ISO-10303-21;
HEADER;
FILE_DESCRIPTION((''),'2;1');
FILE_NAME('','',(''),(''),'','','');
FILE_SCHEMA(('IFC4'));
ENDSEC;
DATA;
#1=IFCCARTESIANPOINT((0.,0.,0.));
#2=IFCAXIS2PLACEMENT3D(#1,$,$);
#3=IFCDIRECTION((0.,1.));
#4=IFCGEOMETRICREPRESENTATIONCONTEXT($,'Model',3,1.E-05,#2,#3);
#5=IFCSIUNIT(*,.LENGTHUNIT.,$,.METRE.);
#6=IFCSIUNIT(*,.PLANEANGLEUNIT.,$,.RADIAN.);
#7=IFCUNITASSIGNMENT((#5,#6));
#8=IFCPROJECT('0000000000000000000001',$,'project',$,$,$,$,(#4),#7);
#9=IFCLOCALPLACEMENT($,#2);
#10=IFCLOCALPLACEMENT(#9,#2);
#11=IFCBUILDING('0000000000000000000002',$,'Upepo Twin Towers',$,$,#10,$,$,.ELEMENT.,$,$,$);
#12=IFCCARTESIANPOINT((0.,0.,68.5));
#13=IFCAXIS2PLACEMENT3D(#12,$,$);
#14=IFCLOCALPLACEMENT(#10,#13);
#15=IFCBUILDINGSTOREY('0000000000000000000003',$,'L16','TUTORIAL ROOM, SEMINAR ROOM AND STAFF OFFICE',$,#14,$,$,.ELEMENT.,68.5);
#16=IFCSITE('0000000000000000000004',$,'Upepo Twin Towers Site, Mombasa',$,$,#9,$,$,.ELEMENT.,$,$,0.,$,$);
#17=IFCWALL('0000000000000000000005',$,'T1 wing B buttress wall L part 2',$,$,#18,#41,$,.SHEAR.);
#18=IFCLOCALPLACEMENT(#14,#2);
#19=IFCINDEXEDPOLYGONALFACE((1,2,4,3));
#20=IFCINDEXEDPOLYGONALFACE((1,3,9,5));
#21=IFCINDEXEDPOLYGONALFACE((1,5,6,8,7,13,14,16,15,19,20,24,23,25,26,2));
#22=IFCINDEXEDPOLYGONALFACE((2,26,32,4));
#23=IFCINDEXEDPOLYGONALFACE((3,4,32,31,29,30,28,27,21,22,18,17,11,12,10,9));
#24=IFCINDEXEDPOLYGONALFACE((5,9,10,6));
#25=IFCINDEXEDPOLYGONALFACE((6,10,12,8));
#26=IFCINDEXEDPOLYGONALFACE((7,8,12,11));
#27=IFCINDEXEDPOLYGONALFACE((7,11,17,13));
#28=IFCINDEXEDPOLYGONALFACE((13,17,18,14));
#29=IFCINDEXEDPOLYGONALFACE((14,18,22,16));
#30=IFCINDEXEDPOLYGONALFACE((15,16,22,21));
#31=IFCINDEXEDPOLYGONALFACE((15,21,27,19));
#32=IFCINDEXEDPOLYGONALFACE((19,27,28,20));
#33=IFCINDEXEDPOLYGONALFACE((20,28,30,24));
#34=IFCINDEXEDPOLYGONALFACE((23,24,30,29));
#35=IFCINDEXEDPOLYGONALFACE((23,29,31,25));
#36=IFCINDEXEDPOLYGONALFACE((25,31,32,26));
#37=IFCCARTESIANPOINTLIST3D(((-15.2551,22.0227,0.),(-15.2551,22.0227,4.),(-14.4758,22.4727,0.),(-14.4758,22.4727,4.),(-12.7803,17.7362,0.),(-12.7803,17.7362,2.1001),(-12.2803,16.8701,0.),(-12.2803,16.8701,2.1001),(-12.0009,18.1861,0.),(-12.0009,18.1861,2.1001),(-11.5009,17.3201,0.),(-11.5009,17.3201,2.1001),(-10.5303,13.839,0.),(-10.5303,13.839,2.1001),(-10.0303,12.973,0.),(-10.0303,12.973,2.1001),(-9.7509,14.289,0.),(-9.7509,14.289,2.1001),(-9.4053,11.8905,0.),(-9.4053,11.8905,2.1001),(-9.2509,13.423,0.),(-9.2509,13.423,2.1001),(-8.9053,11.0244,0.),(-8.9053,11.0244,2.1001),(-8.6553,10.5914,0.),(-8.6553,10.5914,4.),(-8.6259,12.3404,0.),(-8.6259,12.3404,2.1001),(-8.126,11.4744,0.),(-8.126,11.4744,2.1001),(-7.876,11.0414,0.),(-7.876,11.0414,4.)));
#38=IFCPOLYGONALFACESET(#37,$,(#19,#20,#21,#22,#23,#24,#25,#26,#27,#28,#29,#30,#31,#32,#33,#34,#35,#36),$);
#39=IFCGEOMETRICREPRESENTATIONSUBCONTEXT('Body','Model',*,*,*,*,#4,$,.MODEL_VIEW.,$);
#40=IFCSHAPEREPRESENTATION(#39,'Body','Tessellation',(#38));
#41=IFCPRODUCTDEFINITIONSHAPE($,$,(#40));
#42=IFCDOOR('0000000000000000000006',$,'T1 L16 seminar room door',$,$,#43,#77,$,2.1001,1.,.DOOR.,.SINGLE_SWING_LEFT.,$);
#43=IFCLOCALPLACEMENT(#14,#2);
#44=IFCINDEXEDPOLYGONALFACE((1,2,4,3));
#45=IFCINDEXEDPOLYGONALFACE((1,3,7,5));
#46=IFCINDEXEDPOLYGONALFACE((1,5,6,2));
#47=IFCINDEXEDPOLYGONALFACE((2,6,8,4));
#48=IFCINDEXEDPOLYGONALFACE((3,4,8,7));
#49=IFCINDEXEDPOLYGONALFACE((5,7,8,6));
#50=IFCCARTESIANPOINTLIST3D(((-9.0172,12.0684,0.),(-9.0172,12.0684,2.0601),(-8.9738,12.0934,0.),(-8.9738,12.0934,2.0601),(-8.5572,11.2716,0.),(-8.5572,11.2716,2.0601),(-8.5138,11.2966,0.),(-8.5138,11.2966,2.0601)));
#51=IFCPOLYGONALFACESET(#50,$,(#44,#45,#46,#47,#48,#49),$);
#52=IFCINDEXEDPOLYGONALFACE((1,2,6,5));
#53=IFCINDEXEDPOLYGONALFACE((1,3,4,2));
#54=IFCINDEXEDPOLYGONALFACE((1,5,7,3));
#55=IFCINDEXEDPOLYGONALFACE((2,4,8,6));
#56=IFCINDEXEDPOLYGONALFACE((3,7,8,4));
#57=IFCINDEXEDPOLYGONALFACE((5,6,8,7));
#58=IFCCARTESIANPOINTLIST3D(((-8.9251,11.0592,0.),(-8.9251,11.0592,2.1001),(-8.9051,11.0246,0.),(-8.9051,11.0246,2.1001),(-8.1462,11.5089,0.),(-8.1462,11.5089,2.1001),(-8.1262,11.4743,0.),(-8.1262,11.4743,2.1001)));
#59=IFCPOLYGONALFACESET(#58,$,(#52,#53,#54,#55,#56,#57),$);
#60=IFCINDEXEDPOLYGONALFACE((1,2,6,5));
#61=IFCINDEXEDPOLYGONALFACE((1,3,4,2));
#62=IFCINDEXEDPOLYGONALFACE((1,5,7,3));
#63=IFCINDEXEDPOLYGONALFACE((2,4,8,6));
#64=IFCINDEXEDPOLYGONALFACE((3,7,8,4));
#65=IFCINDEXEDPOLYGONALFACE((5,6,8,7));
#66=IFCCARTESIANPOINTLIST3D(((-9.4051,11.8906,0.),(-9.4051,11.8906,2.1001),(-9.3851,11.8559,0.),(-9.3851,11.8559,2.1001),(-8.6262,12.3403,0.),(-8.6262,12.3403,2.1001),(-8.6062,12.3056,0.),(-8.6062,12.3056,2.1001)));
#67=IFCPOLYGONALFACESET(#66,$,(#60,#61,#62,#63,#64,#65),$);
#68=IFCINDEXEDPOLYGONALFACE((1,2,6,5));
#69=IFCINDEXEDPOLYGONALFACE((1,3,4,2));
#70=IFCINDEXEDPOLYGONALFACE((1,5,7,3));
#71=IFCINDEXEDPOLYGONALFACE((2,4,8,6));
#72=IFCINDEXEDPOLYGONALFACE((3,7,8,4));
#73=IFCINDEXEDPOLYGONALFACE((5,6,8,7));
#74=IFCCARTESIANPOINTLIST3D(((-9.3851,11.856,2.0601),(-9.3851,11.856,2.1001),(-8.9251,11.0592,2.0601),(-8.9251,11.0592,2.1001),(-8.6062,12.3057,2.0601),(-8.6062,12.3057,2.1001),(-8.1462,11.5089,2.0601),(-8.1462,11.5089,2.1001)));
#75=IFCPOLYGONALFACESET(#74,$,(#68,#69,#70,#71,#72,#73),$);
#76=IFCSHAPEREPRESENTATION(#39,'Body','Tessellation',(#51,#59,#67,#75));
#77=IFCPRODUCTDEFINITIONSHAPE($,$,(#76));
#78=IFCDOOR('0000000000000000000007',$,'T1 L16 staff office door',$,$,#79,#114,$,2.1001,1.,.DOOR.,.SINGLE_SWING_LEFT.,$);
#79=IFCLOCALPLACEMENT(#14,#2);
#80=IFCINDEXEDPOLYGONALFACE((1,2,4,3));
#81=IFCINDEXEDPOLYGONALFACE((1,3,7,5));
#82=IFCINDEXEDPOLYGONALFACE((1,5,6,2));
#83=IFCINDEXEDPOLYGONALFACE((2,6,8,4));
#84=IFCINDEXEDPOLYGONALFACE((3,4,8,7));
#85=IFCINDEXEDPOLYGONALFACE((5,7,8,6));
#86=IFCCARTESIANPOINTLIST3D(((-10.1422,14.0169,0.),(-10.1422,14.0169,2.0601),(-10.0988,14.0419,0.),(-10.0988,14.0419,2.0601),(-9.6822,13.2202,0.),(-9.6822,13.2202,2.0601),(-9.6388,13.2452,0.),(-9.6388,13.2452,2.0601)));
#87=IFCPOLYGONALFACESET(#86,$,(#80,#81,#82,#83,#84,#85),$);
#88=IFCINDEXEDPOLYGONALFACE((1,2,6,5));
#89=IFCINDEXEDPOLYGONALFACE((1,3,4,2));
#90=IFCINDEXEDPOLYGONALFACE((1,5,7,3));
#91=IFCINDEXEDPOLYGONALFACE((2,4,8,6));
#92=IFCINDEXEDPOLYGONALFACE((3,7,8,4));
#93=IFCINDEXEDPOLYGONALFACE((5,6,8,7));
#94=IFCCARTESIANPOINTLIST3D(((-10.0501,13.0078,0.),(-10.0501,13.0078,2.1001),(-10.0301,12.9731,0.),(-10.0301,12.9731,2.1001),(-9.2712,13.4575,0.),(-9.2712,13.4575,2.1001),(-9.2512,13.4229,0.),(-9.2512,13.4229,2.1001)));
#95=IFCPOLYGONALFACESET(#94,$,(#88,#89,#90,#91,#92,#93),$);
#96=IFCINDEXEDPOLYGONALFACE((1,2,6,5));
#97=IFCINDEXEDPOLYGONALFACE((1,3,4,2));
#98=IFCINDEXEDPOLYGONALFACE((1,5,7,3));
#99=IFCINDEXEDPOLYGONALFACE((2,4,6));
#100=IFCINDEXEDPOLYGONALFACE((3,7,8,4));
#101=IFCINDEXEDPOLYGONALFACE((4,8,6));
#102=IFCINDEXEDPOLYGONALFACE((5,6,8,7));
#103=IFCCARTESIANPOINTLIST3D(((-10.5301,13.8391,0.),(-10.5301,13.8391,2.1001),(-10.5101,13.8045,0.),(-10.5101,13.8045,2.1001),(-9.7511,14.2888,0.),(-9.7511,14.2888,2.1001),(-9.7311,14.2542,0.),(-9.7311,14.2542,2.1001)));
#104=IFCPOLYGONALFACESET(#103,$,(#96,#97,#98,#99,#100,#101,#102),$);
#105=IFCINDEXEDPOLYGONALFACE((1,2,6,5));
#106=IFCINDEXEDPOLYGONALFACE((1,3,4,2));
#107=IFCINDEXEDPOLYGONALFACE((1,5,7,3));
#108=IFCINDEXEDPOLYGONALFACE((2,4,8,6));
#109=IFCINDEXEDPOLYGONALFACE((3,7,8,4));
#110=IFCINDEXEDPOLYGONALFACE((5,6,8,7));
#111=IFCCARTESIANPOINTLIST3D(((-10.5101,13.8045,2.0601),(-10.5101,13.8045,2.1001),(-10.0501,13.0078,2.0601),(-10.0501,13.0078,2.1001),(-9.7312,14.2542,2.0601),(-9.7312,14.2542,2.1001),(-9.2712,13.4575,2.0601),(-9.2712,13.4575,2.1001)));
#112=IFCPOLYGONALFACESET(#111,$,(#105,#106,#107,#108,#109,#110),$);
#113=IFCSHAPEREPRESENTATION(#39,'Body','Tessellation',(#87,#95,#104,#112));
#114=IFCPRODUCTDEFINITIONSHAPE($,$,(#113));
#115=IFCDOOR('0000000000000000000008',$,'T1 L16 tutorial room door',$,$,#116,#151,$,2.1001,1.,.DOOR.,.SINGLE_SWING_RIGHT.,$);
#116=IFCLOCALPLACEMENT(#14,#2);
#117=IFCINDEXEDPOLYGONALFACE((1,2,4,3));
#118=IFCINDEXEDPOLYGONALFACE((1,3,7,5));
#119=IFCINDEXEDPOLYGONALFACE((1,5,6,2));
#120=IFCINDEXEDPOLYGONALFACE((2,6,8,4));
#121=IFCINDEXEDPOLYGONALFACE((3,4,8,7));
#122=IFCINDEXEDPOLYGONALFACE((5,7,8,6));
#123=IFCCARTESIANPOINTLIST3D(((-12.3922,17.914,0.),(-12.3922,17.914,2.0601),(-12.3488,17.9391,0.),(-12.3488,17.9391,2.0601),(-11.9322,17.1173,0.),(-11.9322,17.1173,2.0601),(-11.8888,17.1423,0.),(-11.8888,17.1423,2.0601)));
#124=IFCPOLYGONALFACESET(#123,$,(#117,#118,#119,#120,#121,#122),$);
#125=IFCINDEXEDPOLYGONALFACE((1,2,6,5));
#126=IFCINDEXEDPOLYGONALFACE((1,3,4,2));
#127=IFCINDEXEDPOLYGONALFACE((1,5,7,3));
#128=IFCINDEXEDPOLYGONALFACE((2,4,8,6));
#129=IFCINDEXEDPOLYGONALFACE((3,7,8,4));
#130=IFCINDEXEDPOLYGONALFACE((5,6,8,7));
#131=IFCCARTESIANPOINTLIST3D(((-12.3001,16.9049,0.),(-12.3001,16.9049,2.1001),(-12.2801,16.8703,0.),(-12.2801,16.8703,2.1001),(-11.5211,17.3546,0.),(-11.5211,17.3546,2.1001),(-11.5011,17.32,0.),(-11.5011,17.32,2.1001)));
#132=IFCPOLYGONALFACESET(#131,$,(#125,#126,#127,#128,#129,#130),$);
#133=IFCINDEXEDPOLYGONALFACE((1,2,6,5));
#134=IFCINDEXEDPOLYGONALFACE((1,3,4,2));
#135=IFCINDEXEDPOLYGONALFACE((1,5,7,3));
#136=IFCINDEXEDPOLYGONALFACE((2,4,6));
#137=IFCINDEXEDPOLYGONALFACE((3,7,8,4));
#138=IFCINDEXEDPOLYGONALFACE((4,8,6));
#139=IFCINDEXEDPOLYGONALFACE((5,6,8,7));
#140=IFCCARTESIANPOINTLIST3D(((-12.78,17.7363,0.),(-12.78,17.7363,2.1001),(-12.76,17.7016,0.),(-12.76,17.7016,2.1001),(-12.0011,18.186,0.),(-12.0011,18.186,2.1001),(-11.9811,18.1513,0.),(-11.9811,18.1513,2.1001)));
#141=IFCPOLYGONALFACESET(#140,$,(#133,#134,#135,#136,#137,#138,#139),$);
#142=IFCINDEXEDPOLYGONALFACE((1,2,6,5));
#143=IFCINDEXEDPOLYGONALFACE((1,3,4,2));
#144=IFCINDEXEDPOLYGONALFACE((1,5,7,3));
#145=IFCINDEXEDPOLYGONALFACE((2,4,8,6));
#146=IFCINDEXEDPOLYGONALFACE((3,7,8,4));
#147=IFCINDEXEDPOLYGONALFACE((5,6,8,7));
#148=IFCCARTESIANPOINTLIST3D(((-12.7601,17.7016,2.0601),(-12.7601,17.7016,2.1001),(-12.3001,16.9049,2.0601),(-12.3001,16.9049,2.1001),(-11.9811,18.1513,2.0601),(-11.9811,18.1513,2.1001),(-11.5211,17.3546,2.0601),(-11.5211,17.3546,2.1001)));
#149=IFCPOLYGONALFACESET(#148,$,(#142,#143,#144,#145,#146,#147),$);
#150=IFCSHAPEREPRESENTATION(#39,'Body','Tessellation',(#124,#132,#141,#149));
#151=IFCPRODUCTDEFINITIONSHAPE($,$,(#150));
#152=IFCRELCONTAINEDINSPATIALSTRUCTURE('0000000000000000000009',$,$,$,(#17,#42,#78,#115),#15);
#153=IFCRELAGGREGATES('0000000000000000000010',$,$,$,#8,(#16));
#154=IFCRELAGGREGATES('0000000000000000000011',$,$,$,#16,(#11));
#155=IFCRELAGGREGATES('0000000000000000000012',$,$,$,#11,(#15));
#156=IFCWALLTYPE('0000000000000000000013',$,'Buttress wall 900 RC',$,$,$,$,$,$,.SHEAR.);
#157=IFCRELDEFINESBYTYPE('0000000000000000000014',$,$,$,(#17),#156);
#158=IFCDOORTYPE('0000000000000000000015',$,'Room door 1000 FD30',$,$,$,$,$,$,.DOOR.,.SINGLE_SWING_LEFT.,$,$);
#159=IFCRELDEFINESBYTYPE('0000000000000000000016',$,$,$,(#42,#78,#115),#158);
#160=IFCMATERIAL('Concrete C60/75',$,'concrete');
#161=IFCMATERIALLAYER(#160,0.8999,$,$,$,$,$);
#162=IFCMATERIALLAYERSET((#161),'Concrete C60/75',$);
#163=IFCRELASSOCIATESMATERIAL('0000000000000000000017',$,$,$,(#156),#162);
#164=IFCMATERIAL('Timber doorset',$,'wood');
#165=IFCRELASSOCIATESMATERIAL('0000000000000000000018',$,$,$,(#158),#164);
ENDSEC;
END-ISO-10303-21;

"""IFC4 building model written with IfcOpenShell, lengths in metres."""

from ifc_helpers import new_model, si_unit, direction, frame, frame_2d, origin, place, context, subcontext, project, spatial, rectangle, extrude, material, layer, layer_set, type_object, element, fill, save


model = new_model("IFC4")

# Units and contexts
model_context = context("Model", 3, precision=1e-05, world=origin(), true_north=direction((0.0, 1.0)))
body_context = subcontext(model_context, "Body", "Model", "MODEL_VIEW")
ifc_project = project(units=[si_unit("LENGTHUNIT", "METRE"), si_unit("PLANEANGLEUNIT", "RADIAN")], contexts=[model_context])

# Site, building, storey
site_placement = place(None, origin())
site = spatial("IfcSite", under=ifc_project, at=site_placement, Name="Upepo Twin Towers Site, Mombasa", CompositionType="ELEMENT", RefElevation=0.0)
building_placement = place(site_placement, origin())
building = spatial("IfcBuilding", under=site, at=building_placement, Name="Upepo Twin Towers", CompositionType="ELEMENT")
storey_placement = place(building_placement, frame((0.0, 0.0, 68.5)))
storey = spatial("IfcBuildingStorey", under=building, at=storey_placement, Name="L16", Description="TUTORIAL ROOM, SEMINAR ROOM AND STAFF OFFICE", CompositionType="ELEMENT", Elevation=68.5)

# Wall, openings, doors
ifc_material_1 = material(Name="Concrete C60/75", Category="concrete")
ifc_layer_1 = layer(ifc_material_1, 0.8999)
ifc_layer_set_1 = layer_set([ifc_layer_1], Name="Concrete C60/75")
wall_type_1 = type_object("IfcWallType", Name="Buttress wall 900 RC", PredefinedType="SHEAR", material=ifc_layer_set_1)
wall_1_placement = place(storey_placement, frame((-8.2656, 10.8164, 0.0), z_axis=(0.0, 0.0, 1.0), x_axis=(-0.499996, 0.866028, 0.0)))
wall_1 = element("IfcWall", 1, at=wall_1_placement, inside=storey, type_object=wall_type_1, Name="T1 wing B buttress wall L part 2", PredefinedType="SHEAR", context=body_context, shape_type="SweptSolid", body=[
    extrude(rectangle(XDim=13.1997, YDim=0.8999, at=frame_2d((6.5999, 0.0))), origin(), (0.0, 0.0, 1.0), 4.0),
])
opening_1_placement = place(wall_1_placement, frame((0.5, 0.0, 0.0)))
opening_1 = element("IfcOpeningElement", 2, at=opening_1_placement, cuts=wall_1, PredefinedType="OPENING", context=body_context, shape_type="SweptSolid", body=[
    extrude(rectangle(XDim=1.0, YDim=2.1001, at=frame_2d((0.5, 1.05))), frame((0.0, 0.46, 0.0), z_axis=(0.0, -1.0, 0.0), x_axis=(1.0, 0.0, 0.0)), (0.0, 0.0, 1.0), 0.9199),
])
opening_2_placement = place(wall_1_placement, frame((2.75, 0.0, 0.0)))
opening_2 = element("IfcOpeningElement", 3, at=opening_2_placement, cuts=wall_1, PredefinedType="OPENING", context=body_context, shape_type="SweptSolid", body=[
    extrude(rectangle(XDim=1.0, YDim=2.1001, at=frame_2d((0.5, 1.05))), frame((0.0, 0.46, 0.0), z_axis=(0.0, -1.0, 0.0), x_axis=(1.0, 0.0, 0.0)), (0.0, 0.0, 1.0), 0.9199),
])
opening_3_placement = place(wall_1_placement, frame((7.25, 0.0, 0.0)))
opening_3 = element("IfcOpeningElement", 4, at=opening_3_placement, cuts=wall_1, PredefinedType="OPENING", context=body_context, shape_type="SweptSolid", body=[
    extrude(rectangle(XDim=1.0, YDim=2.1001, at=frame_2d((0.5, 1.05))), frame((0.0, 0.46, 0.0), z_axis=(0.0, -1.0, 0.0), x_axis=(1.0, 0.0, 0.0)), (0.0, 0.0, 1.0), 0.9199),
])
ifc_material_2 = material(Name="Timber doorset", Category="wood")
door_type_1 = type_object("IfcDoorType", Name="Room door 1000 FD30", OperationType="SINGLE_SWING_LEFT", PredefinedType="DOOR", material=ifc_material_2)
door_1_placement = place(opening_1_placement, origin())
door_1 = element("IfcDoor", 5, at=door_1_placement, inside=storey, type_object=door_type_1, Name="T1 L16 seminar room door", OperationType="SINGLE_SWING_LEFT", OverallHeight=2.1001, OverallWidth=1.0, PredefinedType="DOOR", context=body_context, shape_type="SweptSolid", body=[
    extrude(rectangle(XDim=0.92, YDim=2.0601, at=frame_2d((0.5, 1.03))), frame((0.0, 0.0249, 0.0), z_axis=(0.0, -1.0, 0.0), x_axis=(1.0, 0.0, 0.0)), (0.0, 0.0, 1.0), 0.05),
    extrude(rectangle(XDim=0.04, YDim=2.1001, at=frame_2d((0.02, 1.05))), frame((0.0, 0.4497, 0.0), z_axis=(0.0, -1.0, 0.0), x_axis=(1.0, 0.0, 0.0)), (0.0, 0.0, 1.0), 0.8994),
    extrude(rectangle(XDim=0.04, YDim=2.1001, at=frame_2d((0.98, 1.05))), frame((0.0, 0.4497, 0.0), z_axis=(0.0, -1.0, 0.0), x_axis=(1.0, 0.0, 0.0)), (0.0, 0.0, 1.0), 0.8994),
    extrude(rectangle(XDim=0.92, YDim=0.04, at=frame_2d((0.5, 2.0801))), frame((0.0, 0.4497, 0.0), z_axis=(0.0, -1.0, 0.0), x_axis=(1.0, 0.0, 0.0)), (0.0, 0.0, 1.0), 0.8994),
])
fill(opening_1, door_1)
door_2_placement = place(opening_2_placement, origin())
door_2 = element("IfcDoor", 6, at=door_2_placement, inside=storey, type_object=door_type_1, Name="T1 L16 staff office door", OperationType="SINGLE_SWING_LEFT", OverallHeight=2.1001, OverallWidth=1.0, PredefinedType="DOOR", context=body_context, shape_type="SweptSolid", body=[
    extrude(rectangle(XDim=0.92, YDim=2.0601, at=frame_2d((0.5, 1.03))), frame((0.0, 0.0249, 0.0), z_axis=(0.0, -1.0, 0.0), x_axis=(1.0, 0.0, 0.0)), (0.0, 0.0, 1.0), 0.05),
    extrude(rectangle(XDim=0.04, YDim=2.1001, at=frame_2d((0.02, 1.05))), frame((0.0, 0.4497, 0.0), z_axis=(0.0, -1.0, 0.0), x_axis=(1.0, 0.0, 0.0)), (0.0, 0.0, 1.0), 0.8994),
    extrude(rectangle(XDim=0.04, YDim=2.1001, at=frame_2d((0.98, 1.05))), frame((0.0, 0.4497, 0.0), z_axis=(0.0, -1.0, 0.0), x_axis=(1.0, 0.0, 0.0)), (0.0, 0.0, 1.0), 0.8994),
    extrude(rectangle(XDim=0.92, YDim=0.04, at=frame_2d((0.5, 2.0801))), frame((0.0, 0.4497, 0.0), z_axis=(0.0, -1.0, 0.0), x_axis=(1.0, 0.0, 0.0)), (0.0, 0.0, 1.0), 0.8994),
])
fill(opening_2, door_2)
door_3_placement = place(opening_3_placement, origin())
door_3 = element("IfcDoor", 7, at=door_3_placement, inside=storey, type_object=door_type_1, Name="T1 L16 tutorial room door", OperationType="SINGLE_SWING_RIGHT", OverallHeight=2.1001, OverallWidth=1.0, PredefinedType="DOOR", context=body_context, shape_type="SweptSolid", body=[
    extrude(rectangle(XDim=0.92, YDim=2.0601, at=frame_2d((0.5, 1.03))), frame((0.0, 0.0249, 0.0), z_axis=(0.0, -1.0, 0.0), x_axis=(1.0, 0.0, 0.0)), (0.0, 0.0, 1.0), 0.05),
    extrude(rectangle(XDim=0.04, YDim=2.1001, at=frame_2d((0.02, 1.05))), frame((0.0, 0.4497, 0.0), z_axis=(0.0, -1.0, 0.0), x_axis=(1.0, 0.0, 0.0)), (0.0, 0.0, 1.0), 0.8994),
    extrude(rectangle(XDim=0.04, YDim=2.1001, at=frame_2d((0.98, 1.05))), frame((0.0, 0.4497, 0.0), z_axis=(0.0, -1.0, 0.0), x_axis=(1.0, 0.0, 0.0)), (0.0, 0.0, 1.0), 0.8994),
    extrude(rectangle(XDim=0.92, YDim=0.04, at=frame_2d((0.5, 2.0801))), frame((0.0, 0.4497, 0.0), z_axis=(0.0, -1.0, 0.0), x_axis=(1.0, 0.0, 0.0)), (0.0, 0.0, 1.0), 0.8994),
])
fill(opening_3, door_3)

save(model, "model.ifc")
